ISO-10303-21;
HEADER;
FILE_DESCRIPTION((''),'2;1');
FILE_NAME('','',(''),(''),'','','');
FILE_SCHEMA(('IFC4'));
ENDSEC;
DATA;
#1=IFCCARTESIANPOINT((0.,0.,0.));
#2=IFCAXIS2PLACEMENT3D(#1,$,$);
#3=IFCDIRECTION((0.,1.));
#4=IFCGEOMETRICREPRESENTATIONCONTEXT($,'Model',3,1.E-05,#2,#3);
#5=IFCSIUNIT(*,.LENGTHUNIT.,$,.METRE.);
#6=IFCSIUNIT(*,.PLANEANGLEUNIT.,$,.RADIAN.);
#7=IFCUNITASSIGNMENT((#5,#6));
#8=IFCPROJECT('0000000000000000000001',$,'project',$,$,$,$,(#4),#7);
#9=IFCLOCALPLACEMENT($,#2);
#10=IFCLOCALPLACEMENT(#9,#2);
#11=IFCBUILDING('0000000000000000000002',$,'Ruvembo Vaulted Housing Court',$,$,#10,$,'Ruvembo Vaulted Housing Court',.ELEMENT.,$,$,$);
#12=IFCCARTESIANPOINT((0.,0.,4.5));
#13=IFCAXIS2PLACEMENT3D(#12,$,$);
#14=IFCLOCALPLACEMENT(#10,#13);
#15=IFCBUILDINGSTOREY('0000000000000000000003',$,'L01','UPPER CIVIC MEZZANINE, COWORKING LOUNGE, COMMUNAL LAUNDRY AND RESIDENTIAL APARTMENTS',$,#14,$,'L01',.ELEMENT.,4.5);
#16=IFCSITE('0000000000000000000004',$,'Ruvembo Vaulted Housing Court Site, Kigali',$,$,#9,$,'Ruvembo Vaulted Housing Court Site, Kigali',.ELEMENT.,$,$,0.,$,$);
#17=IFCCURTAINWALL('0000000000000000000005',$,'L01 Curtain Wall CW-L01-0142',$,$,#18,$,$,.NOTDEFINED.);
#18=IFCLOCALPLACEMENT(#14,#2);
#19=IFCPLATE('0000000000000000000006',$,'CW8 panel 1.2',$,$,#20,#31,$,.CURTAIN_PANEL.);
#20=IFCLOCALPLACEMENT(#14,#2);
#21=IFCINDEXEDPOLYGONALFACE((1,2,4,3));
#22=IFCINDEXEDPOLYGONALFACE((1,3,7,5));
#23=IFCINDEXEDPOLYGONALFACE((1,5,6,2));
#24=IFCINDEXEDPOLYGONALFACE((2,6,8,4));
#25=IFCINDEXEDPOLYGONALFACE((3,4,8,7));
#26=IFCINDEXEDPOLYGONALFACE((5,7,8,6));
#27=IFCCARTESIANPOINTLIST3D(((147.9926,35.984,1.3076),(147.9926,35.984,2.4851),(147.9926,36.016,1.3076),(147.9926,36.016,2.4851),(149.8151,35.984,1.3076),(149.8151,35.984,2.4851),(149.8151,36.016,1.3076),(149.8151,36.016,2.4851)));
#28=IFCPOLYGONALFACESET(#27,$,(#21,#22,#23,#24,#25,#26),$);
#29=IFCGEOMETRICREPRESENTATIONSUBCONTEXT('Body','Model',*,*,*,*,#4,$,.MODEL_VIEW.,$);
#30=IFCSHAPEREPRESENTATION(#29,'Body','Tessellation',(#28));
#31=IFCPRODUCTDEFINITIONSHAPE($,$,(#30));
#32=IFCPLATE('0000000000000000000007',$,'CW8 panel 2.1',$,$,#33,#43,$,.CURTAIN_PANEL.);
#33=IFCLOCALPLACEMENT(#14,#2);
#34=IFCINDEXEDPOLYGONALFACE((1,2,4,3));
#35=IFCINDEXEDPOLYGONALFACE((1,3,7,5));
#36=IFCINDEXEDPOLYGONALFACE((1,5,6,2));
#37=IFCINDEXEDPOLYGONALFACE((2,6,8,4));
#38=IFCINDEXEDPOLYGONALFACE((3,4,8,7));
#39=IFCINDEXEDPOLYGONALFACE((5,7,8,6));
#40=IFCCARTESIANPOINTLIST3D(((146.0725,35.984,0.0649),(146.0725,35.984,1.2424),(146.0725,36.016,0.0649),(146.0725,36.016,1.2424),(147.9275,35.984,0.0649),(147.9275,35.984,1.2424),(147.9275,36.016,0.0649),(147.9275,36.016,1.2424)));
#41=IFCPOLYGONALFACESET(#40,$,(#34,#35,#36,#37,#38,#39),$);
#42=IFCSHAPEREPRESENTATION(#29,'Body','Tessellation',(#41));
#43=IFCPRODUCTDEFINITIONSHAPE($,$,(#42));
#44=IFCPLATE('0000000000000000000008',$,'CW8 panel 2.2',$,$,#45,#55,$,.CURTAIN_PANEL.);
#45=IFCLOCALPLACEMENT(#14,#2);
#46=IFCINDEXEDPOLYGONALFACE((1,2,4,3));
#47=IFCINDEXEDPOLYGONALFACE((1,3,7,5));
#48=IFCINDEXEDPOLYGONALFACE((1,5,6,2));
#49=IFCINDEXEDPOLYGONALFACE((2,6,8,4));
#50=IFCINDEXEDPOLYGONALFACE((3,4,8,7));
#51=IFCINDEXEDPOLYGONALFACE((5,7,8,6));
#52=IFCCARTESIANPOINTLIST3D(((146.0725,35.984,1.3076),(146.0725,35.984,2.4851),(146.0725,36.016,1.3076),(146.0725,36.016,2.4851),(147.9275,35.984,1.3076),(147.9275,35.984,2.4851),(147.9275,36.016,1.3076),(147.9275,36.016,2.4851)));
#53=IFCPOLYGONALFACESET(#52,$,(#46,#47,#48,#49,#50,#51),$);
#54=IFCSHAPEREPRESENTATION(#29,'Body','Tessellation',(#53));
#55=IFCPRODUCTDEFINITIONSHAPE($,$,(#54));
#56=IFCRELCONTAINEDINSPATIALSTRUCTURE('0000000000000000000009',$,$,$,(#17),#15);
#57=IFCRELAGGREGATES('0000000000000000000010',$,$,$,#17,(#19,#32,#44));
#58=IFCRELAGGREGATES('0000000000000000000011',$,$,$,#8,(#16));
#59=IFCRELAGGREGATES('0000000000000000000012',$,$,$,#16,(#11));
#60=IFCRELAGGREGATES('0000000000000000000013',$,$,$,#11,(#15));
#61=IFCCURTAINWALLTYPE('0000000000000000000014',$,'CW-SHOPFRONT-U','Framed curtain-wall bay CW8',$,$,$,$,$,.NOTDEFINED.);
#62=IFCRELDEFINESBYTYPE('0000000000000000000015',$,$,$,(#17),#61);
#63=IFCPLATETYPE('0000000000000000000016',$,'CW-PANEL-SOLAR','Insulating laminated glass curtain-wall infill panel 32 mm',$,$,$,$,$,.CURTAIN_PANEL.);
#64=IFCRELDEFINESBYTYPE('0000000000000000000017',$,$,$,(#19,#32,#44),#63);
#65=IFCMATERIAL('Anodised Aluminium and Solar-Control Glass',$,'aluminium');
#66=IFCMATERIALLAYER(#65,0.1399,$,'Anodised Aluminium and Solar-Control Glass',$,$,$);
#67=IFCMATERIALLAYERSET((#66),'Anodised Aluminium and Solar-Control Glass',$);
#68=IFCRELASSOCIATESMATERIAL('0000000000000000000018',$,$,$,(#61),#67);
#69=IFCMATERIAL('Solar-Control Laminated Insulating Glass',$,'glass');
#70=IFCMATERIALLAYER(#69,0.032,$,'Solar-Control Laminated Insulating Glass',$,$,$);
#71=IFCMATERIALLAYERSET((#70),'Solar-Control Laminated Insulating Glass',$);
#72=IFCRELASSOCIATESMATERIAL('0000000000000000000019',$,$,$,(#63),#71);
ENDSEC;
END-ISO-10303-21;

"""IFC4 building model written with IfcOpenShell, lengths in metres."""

from ifc_helpers import new_model, si_unit, direction, frame, origin, origin_2d, place, context, subcontext, project, spatial, rectangle, extrude, material, layer, layer_set, type_object, element, aggregate, save


model = new_model("IFC4")

# Units and contexts
model_context = context("Model", 3, precision=1e-05, world=origin(), true_north=direction((0.0, 1.0)))
body_context = subcontext(model_context, "Body", "Model", "MODEL_VIEW")
ifc_project = project(units=[si_unit("LENGTHUNIT", "METRE"), si_unit("PLANEANGLEUNIT", "RADIAN")], contexts=[model_context])

# Site, building, storey
site_placement = place(None, origin())
site = spatial("IfcSite", under=ifc_project, at=site_placement, Name="Ruvembo Vaulted Housing Court Site, Kigali", LongName="Ruvembo Vaulted Housing Court Site, Kigali", CompositionType="ELEMENT", RefElevation=0.0)
building_placement = place(site_placement, origin())
building = spatial("IfcBuilding", under=site, at=building_placement, Name="Ruvembo Vaulted Housing Court", LongName="Ruvembo Vaulted Housing Court", CompositionType="ELEMENT")
storey_placement = place(building_placement, frame((0.0, 0.0, 4.5)))
storey = spatial("IfcBuildingStorey", under=building, at=storey_placement, Name="L01", Description="UPPER CIVIC MEZZANINE, COWORKING LOUNGE, COMMUNAL LAUNDRY AND RESIDENTIAL APARTMENTS", LongName="L01", CompositionType="ELEMENT", Elevation=4.5)

# Shared definitions
ifc_material_1 = material(Name="Anodised Aluminium and Solar-Control Glass", Category="aluminium")
ifc_layer_1 = layer(ifc_material_1, 0.1399, Name="Anodised Aluminium and Solar-Control Glass")
ifc_layer_set_1 = layer_set([ifc_layer_1], Name="Anodised Aluminium and Solar-Control Glass")
curtain_wall_type = type_object("IfcCurtainWallType", Name="CW-SHOPFRONT-U", Description="Framed curtain-wall bay CW8", PredefinedType="NOTDEFINED", material=ifc_layer_set_1)

# Curtain wall
curtain_wall_1_placement = place(storey_placement, origin())
curtain_wall_1 = element("IfcCurtainWall", 1, at=curtain_wall_1_placement, inside=storey, type_object=curtain_wall_type, Name="L01 Curtain Wall CW-L01-0142", PredefinedType="NOTDEFINED")

# Plates
ifc_material_2 = material(Name="Solar-Control Laminated Insulating Glass", Category="glass")
ifc_layer_2 = layer(ifc_material_2, 0.032, Name="Solar-Control Laminated Insulating Glass")
ifc_layer_set_2 = layer_set([ifc_layer_2], Name="Solar-Control Laminated Insulating Glass")
plate_type_1 = type_object("IfcPlateType", Name="CW-PANEL-SOLAR", Description="Insulating laminated glass curtain-wall infill panel 32 mm", PredefinedType="CURTAIN_PANEL", material=ifc_layer_set_2)
plate_1_placement = place(storey_placement, frame((148.9038, 36.0, 1.3076), z_axis=(0.0, 0.0, 1.0), x_axis=(-1.0, 0.0, 0.0)))
plate_1 = element("IfcPlate", 2, at=plate_1_placement, type_object=plate_type_1, Name="CW8 panel 1.2", PredefinedType="CURTAIN_PANEL", context=body_context, shape_type="SweptSolid", body=[
    extrude(rectangle(XDim=1.8225, YDim=0.032, at=origin_2d()), origin(), (0.0, 0.0, 1.0), 1.1775),
])
plate_2_placement = place(storey_placement, frame((147.0, 36.0, 0.0649), z_axis=(0.0, 0.0, 1.0), x_axis=(-1.0, 0.0, 0.0)))
plate_2 = element("IfcPlate", 3, at=plate_2_placement, type_object=plate_type_1, Name="CW8 panel 2.1", PredefinedType="CURTAIN_PANEL", context=body_context, shape_type="SweptSolid", body=[
    extrude(rectangle(XDim=1.855, YDim=0.032, at=origin_2d()), origin(), (0.0, 0.0, 1.0), 1.1775),
])
plate_3_placement = place(storey_placement, frame((147.0, 36.0, 1.3076), z_axis=(0.0, 0.0, 1.0), x_axis=(-1.0, 0.0, 0.0)))
plate_3 = element("IfcPlate", 4, at=plate_3_placement, type_object=plate_type_1, Name="CW8 panel 2.2", PredefinedType="CURTAIN_PANEL", context=body_context, shape_type="SweptSolid", body=[
    extrude(rectangle(XDim=1.855, YDim=0.032, at=origin_2d()), origin(), (0.0, 0.0, 1.0), 1.1775),
])
aggregate(curtain_wall_1, [plate_1, plate_2, plate_3])

save(model, "model.ifc")
